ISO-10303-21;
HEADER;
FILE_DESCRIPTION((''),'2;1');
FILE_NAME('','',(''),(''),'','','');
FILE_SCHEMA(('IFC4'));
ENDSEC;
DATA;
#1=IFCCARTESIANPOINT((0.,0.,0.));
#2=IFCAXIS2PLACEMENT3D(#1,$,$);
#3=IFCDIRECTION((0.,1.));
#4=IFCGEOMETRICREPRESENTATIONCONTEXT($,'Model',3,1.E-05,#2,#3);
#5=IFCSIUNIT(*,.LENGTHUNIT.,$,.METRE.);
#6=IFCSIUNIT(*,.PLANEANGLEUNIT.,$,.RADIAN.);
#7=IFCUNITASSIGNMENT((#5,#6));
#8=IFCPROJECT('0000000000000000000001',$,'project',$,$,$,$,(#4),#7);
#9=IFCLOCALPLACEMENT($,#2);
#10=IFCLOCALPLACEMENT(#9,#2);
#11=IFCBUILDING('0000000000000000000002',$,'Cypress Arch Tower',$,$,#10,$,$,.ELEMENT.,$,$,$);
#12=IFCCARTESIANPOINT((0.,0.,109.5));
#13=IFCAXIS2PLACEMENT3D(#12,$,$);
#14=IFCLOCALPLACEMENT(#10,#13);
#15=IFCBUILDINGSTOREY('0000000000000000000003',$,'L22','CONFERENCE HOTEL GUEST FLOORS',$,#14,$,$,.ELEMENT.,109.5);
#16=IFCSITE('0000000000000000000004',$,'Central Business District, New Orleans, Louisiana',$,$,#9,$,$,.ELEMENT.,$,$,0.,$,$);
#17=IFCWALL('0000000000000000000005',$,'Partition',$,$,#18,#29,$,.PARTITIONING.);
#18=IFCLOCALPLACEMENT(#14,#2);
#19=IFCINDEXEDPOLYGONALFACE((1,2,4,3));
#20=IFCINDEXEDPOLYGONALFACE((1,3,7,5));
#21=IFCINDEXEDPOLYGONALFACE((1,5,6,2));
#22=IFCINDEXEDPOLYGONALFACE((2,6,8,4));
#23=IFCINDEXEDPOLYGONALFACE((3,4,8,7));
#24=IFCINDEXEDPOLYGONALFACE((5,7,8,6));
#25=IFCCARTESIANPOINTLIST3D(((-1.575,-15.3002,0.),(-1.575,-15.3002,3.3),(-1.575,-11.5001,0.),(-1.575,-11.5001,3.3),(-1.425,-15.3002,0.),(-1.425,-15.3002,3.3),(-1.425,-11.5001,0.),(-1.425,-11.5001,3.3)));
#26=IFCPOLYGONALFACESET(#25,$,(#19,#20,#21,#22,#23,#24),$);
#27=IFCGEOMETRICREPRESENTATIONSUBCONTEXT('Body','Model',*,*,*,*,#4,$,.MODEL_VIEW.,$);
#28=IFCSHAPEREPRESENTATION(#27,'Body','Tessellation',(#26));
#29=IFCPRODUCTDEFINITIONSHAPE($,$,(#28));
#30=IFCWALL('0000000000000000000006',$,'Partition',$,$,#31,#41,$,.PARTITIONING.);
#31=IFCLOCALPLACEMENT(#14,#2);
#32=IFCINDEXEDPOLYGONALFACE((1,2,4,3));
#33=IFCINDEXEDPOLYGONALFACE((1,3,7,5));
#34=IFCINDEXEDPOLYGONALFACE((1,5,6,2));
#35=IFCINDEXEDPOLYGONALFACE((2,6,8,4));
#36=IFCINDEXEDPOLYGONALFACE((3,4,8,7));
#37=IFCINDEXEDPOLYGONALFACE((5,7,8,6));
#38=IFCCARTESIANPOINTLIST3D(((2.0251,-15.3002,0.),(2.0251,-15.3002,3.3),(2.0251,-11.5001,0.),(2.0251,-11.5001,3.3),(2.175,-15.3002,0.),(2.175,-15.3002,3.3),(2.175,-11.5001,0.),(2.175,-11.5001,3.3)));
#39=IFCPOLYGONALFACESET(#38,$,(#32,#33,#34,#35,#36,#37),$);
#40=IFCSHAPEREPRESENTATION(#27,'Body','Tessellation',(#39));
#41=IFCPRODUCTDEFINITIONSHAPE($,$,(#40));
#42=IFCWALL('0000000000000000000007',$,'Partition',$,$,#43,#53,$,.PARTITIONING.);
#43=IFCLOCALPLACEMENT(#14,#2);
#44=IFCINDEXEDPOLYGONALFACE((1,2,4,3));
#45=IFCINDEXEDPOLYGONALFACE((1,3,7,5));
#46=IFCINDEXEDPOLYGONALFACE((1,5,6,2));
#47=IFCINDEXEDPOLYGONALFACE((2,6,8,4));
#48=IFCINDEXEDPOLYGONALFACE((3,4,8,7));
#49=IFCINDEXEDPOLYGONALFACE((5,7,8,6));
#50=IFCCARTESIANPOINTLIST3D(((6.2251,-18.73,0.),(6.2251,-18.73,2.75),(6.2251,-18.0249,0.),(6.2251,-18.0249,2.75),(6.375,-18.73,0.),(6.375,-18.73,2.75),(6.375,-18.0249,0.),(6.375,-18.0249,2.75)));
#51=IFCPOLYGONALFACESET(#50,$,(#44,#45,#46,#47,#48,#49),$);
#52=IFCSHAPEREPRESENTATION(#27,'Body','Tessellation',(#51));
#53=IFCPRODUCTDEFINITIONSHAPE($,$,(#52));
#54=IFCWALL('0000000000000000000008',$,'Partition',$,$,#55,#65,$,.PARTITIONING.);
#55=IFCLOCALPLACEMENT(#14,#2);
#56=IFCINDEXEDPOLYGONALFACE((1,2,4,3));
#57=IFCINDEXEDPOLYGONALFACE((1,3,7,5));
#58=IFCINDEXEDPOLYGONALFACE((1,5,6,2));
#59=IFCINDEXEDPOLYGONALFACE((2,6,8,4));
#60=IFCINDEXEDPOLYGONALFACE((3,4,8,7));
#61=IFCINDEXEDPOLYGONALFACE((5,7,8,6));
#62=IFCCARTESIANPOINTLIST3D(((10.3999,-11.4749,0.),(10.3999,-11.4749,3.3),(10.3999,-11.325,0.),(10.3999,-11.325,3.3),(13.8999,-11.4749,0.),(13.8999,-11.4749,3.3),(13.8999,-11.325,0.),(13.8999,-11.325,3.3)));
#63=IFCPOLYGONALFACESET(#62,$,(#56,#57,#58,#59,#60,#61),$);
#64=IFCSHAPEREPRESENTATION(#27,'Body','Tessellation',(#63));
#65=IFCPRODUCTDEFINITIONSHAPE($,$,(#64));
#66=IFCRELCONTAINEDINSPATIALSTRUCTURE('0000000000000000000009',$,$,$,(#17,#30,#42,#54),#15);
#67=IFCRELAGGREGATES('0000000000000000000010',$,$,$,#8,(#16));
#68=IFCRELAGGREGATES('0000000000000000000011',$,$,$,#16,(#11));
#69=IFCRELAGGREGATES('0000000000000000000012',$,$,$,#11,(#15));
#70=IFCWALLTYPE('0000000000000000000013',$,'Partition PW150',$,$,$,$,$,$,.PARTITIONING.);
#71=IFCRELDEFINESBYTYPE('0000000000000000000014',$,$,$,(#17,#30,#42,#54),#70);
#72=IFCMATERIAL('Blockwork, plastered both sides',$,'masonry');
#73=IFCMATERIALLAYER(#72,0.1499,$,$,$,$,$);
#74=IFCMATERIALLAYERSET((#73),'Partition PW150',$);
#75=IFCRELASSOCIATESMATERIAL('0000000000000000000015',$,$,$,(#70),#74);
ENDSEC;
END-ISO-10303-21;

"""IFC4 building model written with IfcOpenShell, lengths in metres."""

from ifc_helpers import new_model, si_unit, direction, frame, frame_2d, origin, place, context, subcontext, project, spatial, rectangle, extrude, material, layer, layer_set, type_object, element, save


model = new_model("IFC4")

# Units and contexts
model_context = context("Model", 3, precision=1e-05, world=origin(), true_north=direction((0.0, 1.0)))
body_context = subcontext(model_context, "Body", "Model", "MODEL_VIEW")
ifc_project = project(units=[si_unit("LENGTHUNIT", "METRE"), si_unit("PLANEANGLEUNIT", "RADIAN")], contexts=[model_context])

# Site, building, storey
site_placement = place(None, origin())
site = spatial("IfcSite", under=ifc_project, at=site_placement, Name="Central Business District, New Orleans, Louisiana", CompositionType="ELEMENT", RefElevation=0.0)
building_placement = place(site_placement, origin())
building = spatial("IfcBuilding", under=site, at=building_placement, Name="Cypress Arch Tower", CompositionType="ELEMENT")
storey_placement = place(building_placement, frame((0.0, 0.0, 109.5)))
storey = spatial("IfcBuildingStorey", under=building, at=storey_placement, Name="L22", Description="CONFERENCE HOTEL GUEST FLOORS", CompositionType="ELEMENT", Elevation=109.5)

# Walls
ifc_material_1 = material(Name="Blockwork, plastered both sides", Category="masonry")
ifc_layer_1 = layer(ifc_material_1, 0.1499)
ifc_layer_set_1 = layer_set([ifc_layer_1], Name="Partition PW150")
wall_type_1 = type_object("IfcWallType", Name="Partition PW150", PredefinedType="PARTITIONING", material=ifc_layer_set_1)
for number, where, z_axis, x_axis, name in (
    (1, (-1.5, -15.3, 0.0), (0.0, 0.0, 1.0), (0.0, 1.0, 0.0), "Partition"),
    (2, (2.1001, -15.3, 0.0), (0.0, 0.0, 1.0), (0.0, 1.0, 0.0), "Partition"),
):
    element("IfcWall", number, at=place(storey_placement, frame(where, z_axis=z_axis, x_axis=x_axis)), inside=storey, type_object=wall_type_1, Name=name, PredefinedType="PARTITIONING", context=body_context, shape_type="SweptSolid", body=[
        extrude(rectangle(XDim=3.8, YDim=0.1499, at=frame_2d((1.8999, 0.0))), origin(), (0.0, 0.0, 1.0), 3.3),
    ])
wall_1_placement = place(storey_placement, frame((6.3, -18.73, 0.0), z_axis=(0.0, 0.0, 1.0), x_axis=(0.0, 1.0, 0.0)))
element("IfcWall", 3, at=wall_1_placement, inside=storey, type_object=wall_type_1, Name="Partition", PredefinedType="PARTITIONING", context=body_context, shape_type="SweptSolid", body=[
    extrude(rectangle(XDim=0.7051, YDim=0.1499, at=frame_2d((0.3525, 0.0))), origin(), (0.0, 0.0, 1.0), 2.75),
])
wall_2_placement = place(storey_placement, frame((10.3999, -11.3999, 0.0), z_axis=(0.0, 0.0, 1.0), x_axis=(1.0, 0.0, 0.0)))
element("IfcWall", 4, at=wall_2_placement, inside=storey, type_object=wall_type_1, Name="Partition", PredefinedType="PARTITIONING", context=body_context, shape_type="SweptSolid", body=[
    extrude(rectangle(XDim=3.5, YDim=0.1499, at=frame_2d((1.75, 0.0))), origin(), (0.0, 0.0, 1.0), 3.3),
])

save(model, "model.ifc")
